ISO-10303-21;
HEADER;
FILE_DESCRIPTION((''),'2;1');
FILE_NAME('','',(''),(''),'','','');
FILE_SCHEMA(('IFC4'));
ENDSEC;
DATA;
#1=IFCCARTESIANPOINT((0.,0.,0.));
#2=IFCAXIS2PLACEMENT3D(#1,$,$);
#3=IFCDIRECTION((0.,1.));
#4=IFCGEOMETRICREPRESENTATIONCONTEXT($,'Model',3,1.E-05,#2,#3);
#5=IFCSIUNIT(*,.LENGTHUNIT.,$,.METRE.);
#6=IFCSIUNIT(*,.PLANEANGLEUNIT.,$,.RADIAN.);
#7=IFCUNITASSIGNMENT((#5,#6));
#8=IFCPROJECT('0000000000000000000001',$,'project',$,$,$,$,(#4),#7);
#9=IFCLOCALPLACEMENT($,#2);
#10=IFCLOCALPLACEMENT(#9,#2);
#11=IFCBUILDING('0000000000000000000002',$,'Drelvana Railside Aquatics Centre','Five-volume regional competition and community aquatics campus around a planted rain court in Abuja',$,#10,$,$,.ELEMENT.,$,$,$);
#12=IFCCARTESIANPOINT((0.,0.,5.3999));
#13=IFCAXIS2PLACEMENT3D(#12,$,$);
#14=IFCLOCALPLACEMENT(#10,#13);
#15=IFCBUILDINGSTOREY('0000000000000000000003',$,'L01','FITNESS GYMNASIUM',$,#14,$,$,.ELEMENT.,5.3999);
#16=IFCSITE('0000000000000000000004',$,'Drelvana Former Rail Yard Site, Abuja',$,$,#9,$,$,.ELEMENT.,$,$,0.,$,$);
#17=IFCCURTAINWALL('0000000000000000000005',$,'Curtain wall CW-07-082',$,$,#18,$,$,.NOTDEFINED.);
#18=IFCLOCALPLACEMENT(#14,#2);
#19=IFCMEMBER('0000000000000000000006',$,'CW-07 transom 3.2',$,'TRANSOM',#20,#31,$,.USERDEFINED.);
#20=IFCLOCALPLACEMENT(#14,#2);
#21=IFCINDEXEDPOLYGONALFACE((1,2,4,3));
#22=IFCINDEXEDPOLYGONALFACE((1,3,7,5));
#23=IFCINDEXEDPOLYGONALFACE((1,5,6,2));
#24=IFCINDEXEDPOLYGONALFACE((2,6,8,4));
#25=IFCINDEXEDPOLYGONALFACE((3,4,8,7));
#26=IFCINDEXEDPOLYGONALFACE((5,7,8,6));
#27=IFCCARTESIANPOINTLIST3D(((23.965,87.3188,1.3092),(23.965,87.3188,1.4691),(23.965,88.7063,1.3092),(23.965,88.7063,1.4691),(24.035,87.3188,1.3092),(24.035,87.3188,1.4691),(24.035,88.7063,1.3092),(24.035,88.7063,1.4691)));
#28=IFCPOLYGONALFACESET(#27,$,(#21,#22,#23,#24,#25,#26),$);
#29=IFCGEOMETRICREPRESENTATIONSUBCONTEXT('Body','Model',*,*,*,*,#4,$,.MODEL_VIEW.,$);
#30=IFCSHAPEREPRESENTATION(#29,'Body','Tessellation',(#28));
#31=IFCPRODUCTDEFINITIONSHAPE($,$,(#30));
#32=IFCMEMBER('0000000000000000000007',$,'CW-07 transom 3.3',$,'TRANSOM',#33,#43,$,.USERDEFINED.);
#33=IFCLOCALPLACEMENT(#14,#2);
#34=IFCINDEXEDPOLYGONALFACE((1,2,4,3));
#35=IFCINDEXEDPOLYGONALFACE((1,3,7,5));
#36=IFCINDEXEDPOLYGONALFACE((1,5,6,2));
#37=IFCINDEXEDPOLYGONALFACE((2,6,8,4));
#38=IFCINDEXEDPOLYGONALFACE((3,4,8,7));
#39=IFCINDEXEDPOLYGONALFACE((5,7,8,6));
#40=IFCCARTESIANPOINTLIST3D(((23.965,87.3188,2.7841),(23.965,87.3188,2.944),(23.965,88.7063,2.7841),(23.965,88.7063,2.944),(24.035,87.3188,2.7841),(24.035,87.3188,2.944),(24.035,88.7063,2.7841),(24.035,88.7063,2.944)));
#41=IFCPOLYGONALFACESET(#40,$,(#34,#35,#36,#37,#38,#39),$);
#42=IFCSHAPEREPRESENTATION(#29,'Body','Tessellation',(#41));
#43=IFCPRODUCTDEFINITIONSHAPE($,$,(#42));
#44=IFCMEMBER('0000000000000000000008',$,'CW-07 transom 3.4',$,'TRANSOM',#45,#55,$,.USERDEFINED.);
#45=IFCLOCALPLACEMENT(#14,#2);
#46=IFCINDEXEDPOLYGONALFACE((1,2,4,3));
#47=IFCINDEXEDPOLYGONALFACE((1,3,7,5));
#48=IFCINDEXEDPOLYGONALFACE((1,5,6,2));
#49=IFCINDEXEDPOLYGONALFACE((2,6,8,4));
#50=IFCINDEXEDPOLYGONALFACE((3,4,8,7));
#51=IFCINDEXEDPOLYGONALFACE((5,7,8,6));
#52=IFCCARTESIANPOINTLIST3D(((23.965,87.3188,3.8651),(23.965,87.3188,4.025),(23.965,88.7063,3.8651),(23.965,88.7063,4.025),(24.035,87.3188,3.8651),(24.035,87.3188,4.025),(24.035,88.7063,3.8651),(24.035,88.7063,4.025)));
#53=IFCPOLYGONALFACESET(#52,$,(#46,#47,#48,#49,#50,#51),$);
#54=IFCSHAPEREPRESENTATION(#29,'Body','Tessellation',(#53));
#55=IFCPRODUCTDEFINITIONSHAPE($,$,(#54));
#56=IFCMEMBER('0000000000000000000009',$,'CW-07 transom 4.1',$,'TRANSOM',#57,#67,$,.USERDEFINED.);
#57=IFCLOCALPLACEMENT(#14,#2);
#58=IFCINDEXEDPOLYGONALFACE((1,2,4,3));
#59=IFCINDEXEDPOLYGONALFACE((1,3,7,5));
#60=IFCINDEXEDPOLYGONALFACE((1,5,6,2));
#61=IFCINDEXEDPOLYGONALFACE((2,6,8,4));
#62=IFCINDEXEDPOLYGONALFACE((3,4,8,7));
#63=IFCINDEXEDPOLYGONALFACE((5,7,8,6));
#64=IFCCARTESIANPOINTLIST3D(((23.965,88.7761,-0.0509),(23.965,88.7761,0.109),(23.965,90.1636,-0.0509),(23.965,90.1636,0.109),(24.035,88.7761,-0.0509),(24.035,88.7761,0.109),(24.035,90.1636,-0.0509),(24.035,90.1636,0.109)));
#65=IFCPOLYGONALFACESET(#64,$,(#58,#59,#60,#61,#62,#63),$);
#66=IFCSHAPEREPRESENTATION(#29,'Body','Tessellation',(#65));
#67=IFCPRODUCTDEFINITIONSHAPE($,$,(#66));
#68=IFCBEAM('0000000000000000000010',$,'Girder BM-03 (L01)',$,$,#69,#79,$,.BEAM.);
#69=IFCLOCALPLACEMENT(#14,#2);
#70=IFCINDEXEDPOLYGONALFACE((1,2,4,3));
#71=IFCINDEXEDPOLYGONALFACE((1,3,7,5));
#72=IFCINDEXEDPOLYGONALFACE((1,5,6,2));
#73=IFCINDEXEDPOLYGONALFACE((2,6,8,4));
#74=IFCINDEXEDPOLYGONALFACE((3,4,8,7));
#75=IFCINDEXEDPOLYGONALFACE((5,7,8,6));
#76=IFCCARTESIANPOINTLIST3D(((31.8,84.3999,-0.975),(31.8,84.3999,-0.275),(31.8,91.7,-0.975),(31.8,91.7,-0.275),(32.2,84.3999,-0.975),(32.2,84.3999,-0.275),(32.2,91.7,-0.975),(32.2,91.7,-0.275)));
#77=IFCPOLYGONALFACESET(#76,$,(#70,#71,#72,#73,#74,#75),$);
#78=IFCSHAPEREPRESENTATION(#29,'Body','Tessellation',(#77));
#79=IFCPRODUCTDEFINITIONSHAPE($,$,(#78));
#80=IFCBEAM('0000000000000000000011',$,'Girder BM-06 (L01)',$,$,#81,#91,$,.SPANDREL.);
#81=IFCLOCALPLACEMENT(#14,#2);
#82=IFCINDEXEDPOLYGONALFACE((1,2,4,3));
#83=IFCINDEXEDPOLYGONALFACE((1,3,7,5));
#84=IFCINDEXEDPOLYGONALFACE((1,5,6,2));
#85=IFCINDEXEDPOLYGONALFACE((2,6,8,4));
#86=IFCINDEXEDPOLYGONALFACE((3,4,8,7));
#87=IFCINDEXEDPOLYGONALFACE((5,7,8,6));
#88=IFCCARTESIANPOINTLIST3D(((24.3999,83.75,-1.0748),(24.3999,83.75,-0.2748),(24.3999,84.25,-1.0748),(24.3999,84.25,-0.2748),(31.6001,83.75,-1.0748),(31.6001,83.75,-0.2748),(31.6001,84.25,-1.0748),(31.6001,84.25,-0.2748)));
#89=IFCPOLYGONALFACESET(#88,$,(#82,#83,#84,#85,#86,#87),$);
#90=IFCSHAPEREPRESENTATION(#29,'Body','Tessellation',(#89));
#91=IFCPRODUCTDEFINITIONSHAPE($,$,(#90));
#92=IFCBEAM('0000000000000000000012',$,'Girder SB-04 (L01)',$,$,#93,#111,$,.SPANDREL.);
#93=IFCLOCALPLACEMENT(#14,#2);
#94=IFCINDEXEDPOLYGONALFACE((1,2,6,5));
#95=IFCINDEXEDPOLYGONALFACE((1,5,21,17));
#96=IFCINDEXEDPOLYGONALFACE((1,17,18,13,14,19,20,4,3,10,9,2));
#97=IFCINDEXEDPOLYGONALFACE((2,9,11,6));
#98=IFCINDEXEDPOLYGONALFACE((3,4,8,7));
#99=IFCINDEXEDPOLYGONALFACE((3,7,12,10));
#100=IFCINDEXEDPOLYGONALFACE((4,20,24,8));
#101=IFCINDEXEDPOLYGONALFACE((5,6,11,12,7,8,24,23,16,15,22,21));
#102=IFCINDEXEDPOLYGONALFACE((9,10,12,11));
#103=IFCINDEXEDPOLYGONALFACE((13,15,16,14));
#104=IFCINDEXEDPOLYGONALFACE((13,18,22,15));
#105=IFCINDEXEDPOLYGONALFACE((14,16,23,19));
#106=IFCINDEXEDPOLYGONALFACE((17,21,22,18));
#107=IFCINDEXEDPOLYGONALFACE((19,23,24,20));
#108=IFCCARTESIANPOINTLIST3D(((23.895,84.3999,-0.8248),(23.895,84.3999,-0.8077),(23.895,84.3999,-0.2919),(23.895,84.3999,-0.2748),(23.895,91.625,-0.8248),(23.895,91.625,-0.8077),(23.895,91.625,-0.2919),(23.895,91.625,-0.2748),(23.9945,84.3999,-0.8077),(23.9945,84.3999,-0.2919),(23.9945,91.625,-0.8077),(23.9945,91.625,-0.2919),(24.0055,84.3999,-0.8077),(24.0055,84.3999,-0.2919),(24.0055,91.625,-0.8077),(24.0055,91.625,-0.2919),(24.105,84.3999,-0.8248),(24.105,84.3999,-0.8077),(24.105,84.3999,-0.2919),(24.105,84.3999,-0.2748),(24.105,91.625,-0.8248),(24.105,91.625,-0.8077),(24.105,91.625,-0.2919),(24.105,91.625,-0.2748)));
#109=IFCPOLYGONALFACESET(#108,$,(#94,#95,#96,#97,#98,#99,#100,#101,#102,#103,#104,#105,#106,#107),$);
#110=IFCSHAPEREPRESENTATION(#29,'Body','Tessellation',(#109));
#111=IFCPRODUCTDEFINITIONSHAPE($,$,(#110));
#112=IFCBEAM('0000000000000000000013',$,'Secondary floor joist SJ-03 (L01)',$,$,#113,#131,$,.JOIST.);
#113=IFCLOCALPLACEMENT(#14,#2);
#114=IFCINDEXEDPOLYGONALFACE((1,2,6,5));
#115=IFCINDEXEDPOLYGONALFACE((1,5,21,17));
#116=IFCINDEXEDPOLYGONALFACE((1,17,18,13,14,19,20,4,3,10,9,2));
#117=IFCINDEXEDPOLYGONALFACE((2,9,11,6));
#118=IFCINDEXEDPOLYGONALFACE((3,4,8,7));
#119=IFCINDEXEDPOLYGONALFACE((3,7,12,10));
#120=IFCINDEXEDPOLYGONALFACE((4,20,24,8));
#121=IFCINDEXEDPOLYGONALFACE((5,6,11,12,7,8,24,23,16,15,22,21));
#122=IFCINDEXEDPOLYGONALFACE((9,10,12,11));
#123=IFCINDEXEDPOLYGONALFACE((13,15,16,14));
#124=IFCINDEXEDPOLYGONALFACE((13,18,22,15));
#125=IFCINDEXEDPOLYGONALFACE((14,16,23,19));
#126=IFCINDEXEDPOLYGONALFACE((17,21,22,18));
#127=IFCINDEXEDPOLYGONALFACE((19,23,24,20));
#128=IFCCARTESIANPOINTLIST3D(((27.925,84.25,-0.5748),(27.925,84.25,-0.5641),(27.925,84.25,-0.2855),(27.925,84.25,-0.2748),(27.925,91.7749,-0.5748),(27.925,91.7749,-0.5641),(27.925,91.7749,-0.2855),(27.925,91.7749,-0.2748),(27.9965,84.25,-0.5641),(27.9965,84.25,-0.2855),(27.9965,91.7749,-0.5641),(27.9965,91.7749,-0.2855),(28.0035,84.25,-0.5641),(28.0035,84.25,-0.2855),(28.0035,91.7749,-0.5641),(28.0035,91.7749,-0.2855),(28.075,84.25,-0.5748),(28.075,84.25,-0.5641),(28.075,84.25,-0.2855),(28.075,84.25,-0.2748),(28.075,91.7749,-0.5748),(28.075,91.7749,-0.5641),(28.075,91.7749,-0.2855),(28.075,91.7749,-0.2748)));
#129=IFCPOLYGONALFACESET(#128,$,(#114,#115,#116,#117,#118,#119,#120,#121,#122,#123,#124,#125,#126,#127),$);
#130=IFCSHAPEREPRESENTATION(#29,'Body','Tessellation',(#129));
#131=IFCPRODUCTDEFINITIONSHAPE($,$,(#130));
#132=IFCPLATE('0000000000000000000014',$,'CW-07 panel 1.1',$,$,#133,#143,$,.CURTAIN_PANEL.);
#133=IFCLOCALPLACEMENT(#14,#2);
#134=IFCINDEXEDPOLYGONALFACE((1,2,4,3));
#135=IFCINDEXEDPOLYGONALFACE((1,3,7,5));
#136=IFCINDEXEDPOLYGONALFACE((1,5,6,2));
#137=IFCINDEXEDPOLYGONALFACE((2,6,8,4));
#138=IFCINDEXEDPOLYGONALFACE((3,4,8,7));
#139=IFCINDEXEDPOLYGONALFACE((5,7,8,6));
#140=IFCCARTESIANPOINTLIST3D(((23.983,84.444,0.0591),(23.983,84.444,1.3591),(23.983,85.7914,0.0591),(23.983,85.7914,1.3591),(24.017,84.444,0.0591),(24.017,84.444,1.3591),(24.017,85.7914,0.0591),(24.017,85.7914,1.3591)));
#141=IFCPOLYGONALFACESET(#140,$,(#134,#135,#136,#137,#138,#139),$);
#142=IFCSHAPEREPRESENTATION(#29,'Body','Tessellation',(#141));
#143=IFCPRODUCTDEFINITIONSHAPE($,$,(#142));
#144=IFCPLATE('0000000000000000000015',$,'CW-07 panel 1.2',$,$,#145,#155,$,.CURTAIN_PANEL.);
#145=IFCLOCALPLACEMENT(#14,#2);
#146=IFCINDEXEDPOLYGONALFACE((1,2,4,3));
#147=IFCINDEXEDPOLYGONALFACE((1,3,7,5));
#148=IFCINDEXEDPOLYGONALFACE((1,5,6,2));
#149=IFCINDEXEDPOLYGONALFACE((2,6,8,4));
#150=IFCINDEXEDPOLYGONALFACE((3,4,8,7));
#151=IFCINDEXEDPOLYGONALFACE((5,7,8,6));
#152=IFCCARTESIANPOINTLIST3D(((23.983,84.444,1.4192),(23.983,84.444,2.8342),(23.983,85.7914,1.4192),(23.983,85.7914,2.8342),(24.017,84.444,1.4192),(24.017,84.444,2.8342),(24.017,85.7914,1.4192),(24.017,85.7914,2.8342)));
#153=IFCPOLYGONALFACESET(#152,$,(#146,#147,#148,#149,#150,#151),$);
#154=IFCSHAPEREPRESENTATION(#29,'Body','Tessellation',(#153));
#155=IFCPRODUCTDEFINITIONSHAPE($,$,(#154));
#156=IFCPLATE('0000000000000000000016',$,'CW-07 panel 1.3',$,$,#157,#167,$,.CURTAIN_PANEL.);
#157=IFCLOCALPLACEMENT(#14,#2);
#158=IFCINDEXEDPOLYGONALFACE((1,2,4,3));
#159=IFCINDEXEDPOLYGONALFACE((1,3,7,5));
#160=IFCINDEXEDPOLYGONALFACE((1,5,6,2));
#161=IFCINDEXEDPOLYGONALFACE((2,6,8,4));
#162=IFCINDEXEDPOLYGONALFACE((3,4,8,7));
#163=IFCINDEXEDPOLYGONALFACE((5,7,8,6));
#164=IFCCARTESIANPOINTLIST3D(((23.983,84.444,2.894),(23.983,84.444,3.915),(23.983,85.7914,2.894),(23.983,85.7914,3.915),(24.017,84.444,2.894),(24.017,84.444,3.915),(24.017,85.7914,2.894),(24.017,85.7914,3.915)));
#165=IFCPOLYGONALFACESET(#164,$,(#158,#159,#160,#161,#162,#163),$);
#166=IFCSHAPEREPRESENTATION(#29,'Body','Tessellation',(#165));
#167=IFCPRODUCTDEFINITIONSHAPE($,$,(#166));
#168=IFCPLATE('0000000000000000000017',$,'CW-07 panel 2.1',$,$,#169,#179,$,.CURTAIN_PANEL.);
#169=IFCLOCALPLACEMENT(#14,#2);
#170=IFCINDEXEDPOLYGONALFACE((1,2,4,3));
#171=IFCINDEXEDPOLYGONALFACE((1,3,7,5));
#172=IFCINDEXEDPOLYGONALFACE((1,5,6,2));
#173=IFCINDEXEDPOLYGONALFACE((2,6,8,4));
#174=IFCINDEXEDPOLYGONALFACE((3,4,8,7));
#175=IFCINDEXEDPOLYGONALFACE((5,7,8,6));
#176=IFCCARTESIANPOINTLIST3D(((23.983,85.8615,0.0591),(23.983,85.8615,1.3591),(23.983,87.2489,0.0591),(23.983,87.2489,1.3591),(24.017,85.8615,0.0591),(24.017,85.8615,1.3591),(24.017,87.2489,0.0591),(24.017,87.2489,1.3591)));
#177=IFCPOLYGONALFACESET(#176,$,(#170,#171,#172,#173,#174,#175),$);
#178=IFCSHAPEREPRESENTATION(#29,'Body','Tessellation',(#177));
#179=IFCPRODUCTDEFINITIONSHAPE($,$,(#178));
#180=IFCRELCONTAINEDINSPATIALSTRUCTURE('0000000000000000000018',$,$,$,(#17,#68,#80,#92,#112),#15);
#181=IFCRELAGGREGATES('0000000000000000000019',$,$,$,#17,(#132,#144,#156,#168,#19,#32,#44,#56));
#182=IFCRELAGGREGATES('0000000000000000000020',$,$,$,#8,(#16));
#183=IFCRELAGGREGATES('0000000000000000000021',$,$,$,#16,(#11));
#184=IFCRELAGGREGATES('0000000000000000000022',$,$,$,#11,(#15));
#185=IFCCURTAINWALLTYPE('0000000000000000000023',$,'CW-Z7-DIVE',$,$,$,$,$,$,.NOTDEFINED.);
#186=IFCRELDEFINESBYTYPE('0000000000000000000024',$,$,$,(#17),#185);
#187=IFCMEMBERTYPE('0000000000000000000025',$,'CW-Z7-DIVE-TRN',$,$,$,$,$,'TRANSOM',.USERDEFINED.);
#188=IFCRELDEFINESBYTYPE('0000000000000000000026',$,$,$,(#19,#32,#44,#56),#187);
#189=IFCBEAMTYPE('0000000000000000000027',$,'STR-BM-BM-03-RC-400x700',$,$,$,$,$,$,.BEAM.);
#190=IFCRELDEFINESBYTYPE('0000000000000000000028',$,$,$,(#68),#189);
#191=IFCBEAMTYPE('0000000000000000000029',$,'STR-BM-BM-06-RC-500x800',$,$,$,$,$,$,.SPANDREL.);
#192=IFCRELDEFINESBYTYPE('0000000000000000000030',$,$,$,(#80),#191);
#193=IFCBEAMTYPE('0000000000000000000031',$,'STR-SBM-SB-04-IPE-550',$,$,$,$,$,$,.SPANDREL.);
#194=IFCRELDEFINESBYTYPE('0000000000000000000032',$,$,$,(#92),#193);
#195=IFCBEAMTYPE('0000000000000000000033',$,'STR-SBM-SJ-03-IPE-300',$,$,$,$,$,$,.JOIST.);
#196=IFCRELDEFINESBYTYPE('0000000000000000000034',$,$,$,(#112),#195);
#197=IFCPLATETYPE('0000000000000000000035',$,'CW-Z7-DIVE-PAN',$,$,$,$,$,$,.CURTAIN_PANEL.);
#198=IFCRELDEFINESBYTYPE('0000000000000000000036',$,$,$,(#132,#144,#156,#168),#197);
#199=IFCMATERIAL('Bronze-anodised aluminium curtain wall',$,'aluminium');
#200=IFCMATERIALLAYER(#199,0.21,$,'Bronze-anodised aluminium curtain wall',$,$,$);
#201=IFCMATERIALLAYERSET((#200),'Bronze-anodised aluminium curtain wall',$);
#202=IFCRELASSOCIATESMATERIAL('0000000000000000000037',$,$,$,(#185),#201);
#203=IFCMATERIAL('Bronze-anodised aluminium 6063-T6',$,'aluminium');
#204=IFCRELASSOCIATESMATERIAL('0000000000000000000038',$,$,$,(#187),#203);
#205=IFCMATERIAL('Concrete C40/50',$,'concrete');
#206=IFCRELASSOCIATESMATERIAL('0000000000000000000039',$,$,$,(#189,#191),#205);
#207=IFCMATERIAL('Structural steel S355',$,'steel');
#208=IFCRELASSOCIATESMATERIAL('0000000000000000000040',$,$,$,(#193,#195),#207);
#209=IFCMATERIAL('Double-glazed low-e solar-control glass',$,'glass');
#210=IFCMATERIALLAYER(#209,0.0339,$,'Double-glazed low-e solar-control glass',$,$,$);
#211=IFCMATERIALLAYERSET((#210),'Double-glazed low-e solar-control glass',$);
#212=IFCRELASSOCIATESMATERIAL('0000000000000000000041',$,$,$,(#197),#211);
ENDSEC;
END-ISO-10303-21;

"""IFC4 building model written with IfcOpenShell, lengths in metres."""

from ifc_helpers import new_model, si_unit, direction, frame, origin, origin_2d, place, context, subcontext, project, spatial, rectangle, i_section, extrude, material, layer, layer_set, material_profile, profile_set, type_object, element, aggregate, save


model = new_model("IFC4")

# Units and contexts
model_context = context("Model", 3, precision=1e-05, world=origin(), true_north=direction((0.0, 1.0)))
body_context = subcontext(model_context, "Body", "Model", "MODEL_VIEW")
ifc_project = project(units=[si_unit("LENGTHUNIT", "METRE"), si_unit("PLANEANGLEUNIT", "RADIAN")], contexts=[model_context])

# Site, building, storey
site_placement = place(None, origin())
site = spatial("IfcSite", under=ifc_project, at=site_placement, Name="Drelvana Former Rail Yard Site, Abuja", CompositionType="ELEMENT", RefElevation=0.0)
building_placement = place(site_placement, origin())
building = spatial("IfcBuilding", under=site, at=building_placement, Name="Drelvana Railside Aquatics Centre", Description="Five-volume regional competition and community aquatics campus around a planted rain court in Abuja", CompositionType="ELEMENT")
storey_placement = place(building_placement, frame((0.0, 0.0, 5.3999)))
storey = spatial("IfcBuildingStorey", under=building, at=storey_placement, Name="L01", Description="FITNESS GYMNASIUM", CompositionType="ELEMENT", Elevation=5.3999)

# Shared definitions
ifc_material_1 = material(Name="Concrete C40/50", Category="concrete")

# Curtain wall, members
ifc_material_2 = material(Name="Bronze-anodised aluminium curtain wall", Category="aluminium")
ifc_layer_1 = layer(ifc_material_2, 0.21, Name="Bronze-anodised aluminium curtain wall")
ifc_layer_set_1 = layer_set([ifc_layer_1], Name="Bronze-anodised aluminium curtain wall")
curtain_wall_type = type_object("IfcCurtainWallType", Name="CW-Z7-DIVE", PredefinedType="NOTDEFINED", material=ifc_layer_set_1)
curtain_wall_placement = place(storey_placement, origin())
curtain_wall = element("IfcCurtainWall", 1, at=curtain_wall_placement, inside=storey, type_object=curtain_wall_type, Name="Curtain wall CW-07-082", PredefinedType="NOTDEFINED")
ifc_material_3 = material(Name="Bronze-anodised aluminium 6063-T6", Category="aluminium")
ifc_material_profile_1 = material_profile(ifc_material_3, rectangle(XDim=0.1599, YDim=0.0701, at=origin_2d()), Name="ALU-T 70x160")
ifc_profile_set_1 = profile_set([ifc_material_profile_1], Name="Bronze-anodised aluminium 6063-T6")
member_type_1 = type_object("IfcMemberType", Name="CW-Z7-DIVE-TRN", ElementType="TRANSOM", PredefinedType="USERDEFINED", material=ifc_profile_set_1)
member_1_placement = place(storey_placement, frame((24.0, 87.3188, 1.3892), z_axis=(0.0, 1.0, 0.0), x_axis=(0.0, 0.0, 1.0)))
member_1 = element("IfcMember", 2, at=member_1_placement, type_object=member_type_1, Name="CW-07 transom 3.2", ObjectType="TRANSOM", PredefinedType="USERDEFINED", context=body_context, shape_type="SweptSolid", body=[
    extrude(rectangle(XDim=0.1599, YDim=0.0701, at=origin_2d()), origin(), (0.0, 0.0, 1.0), 1.3875),
])
member_2_placement = place(storey_placement, frame((24.0, 87.3188, 2.864), z_axis=(0.0, 1.0, 0.0), x_axis=(0.0, 0.0, 1.0)))
member_2 = element("IfcMember", 3, at=member_2_placement, type_object=member_type_1, Name="CW-07 transom 3.3", ObjectType="TRANSOM", PredefinedType="USERDEFINED", context=body_context, shape_type="SweptSolid", body=[
    extrude(rectangle(XDim=0.1599, YDim=0.0701, at=origin_2d()), origin(), (0.0, 0.0, 1.0), 1.3875),
])
member_3_placement = place(storey_placement, frame((24.0, 87.3188, 3.9451), z_axis=(0.0, 1.0, 0.0), x_axis=(0.0, 0.0, 1.0)))
member_3 = element("IfcMember", 4, at=member_3_placement, type_object=member_type_1, Name="CW-07 transom 3.4", ObjectType="TRANSOM", PredefinedType="USERDEFINED", context=body_context, shape_type="SweptSolid", body=[
    extrude(rectangle(XDim=0.1599, YDim=0.0701, at=origin_2d()), origin(), (0.0, 0.0, 1.0), 1.3875),
])
member_4_placement = place(storey_placement, frame((24.0, 88.7761, 0.0291), z_axis=(0.0, 1.0, 0.0), x_axis=(0.0, 0.0, 1.0)))
member_4 = element("IfcMember", 5, at=member_4_placement, type_object=member_type_1, Name="CW-07 transom 4.1", ObjectType="TRANSOM", PredefinedType="USERDEFINED", context=body_context, shape_type="SweptSolid", body=[
    extrude(rectangle(XDim=0.1599, YDim=0.0701, at=origin_2d()), origin(), (0.0, 0.0, 1.0), 1.3875),
])

# Beams
ifc_material_profile_2 = material_profile(ifc_material_1, rectangle(XDim=0.3999, YDim=0.7, at=origin_2d()), Name="RC 400x700")
ifc_profile_set_2 = profile_set([ifc_material_profile_2], Name="Concrete C40/50")
beam_type_1 = type_object("IfcBeamType", Name="STR-BM-BM-03-RC-400x700", PredefinedType="BEAM", material=ifc_profile_set_2)
beam_1_placement = place(storey_placement, frame((32.0, 84.3999, -0.625), z_axis=(0.0, 1.0, 0.0), x_axis=(-1.0, 0.0, 0.0)))
element("IfcBeam", 6, at=beam_1_placement, inside=storey, type_object=beam_type_1, Name="Girder BM-03 (L01)", PredefinedType="BEAM", context=body_context, shape_type="SweptSolid", body=[
    extrude(rectangle(XDim=0.3999, YDim=0.7, at=origin_2d()), origin(), (0.0, 0.0, 1.0), 7.3),
])
ifc_material_profile_3 = material_profile(ifc_material_1, rectangle(XDim=0.5, YDim=0.8, at=origin_2d()), Name="RC 500x800")
ifc_profile_set_3 = profile_set([ifc_material_profile_3], Name="Concrete C40/50")
beam_type_2 = type_object("IfcBeamType", Name="STR-BM-BM-06-RC-500x800", PredefinedType="SPANDREL", material=ifc_profile_set_3)
beam_2_placement = place(storey_placement, frame((24.3999, 84.0, -0.6748), z_axis=(1.0, 0.0, 0.0), x_axis=(0.0, 1.0, 0.0)))
element("IfcBeam", 7, at=beam_2_placement, inside=storey, type_object=beam_type_2, Name="Girder BM-06 (L01)", PredefinedType="SPANDREL", context=body_context, shape_type="SweptSolid", body=[
    extrude(rectangle(XDim=0.5, YDim=0.8, at=origin_2d()), origin(), (0.0, 0.0, 1.0), 7.2002),
])
ifc_material_4 = material(Name="Structural steel S355", Category="steel")
ifc_material_profile_4 = material_profile(ifc_material_4, i_section(OverallWidth=0.21, OverallDepth=0.55, WebThickness=0.011, FlangeThickness=0.0171, at=origin_2d()), Name="IPE 550")
ifc_profile_set_4 = profile_set([ifc_material_profile_4], Name="Structural steel S355")
beam_type_3 = type_object("IfcBeamType", Name="STR-SBM-SB-04-IPE-550", PredefinedType="SPANDREL", material=ifc_profile_set_4)
beam_3_placement = place(storey_placement, frame((24.0, 84.3999, -0.5498), z_axis=(0.0, 1.0, 0.0), x_axis=(-1.0, 0.0, 0.0)))
element("IfcBeam", 8, at=beam_3_placement, inside=storey, type_object=beam_type_3, Name="Girder SB-04 (L01)", PredefinedType="SPANDREL", context=body_context, shape_type="SweptSolid", body=[
    extrude(i_section(OverallWidth=0.21, OverallDepth=0.55, WebThickness=0.011, FlangeThickness=0.0171, at=origin_2d()), origin(), (0.0, 0.0, 1.0), 7.2251),
])
ifc_material_profile_5 = material_profile(ifc_material_4, i_section(OverallWidth=0.1499, OverallDepth=0.3, WebThickness=0.0071, FlangeThickness=0.0107, at=origin_2d()), Name="IPE 300")
ifc_profile_set_5 = profile_set([ifc_material_profile_5], Name="Structural steel S355")
beam_type_4 = type_object("IfcBeamType", Name="STR-SBM-SJ-03-IPE-300", PredefinedType="JOIST", material=ifc_profile_set_5)
beam_4_placement = place(storey_placement, frame((28.0, 84.25, -0.4248), z_axis=(0.0, 1.0, 0.0), x_axis=(-1.0, 0.0, 0.0)))
element("IfcBeam", 9, at=beam_4_placement, inside=storey, type_object=beam_type_4, Name="Secondary floor joist SJ-03 (L01)", PredefinedType="JOIST", context=body_context, shape_type="SweptSolid", body=[
    extrude(i_section(OverallWidth=0.1499, OverallDepth=0.3, WebThickness=0.0071, FlangeThickness=0.0107, at=origin_2d()), origin(), (0.0, 0.0, 1.0), 7.5249),
])

# Plates
ifc_material_5 = material(Name="Double-glazed low-e solar-control glass", Category="glass")
ifc_layer_2 = layer(ifc_material_5, 0.0339, Name="Double-glazed low-e solar-control glass")
ifc_layer_set_2 = layer_set([ifc_layer_2], Name="Double-glazed low-e solar-control glass")
plate_type = type_object("IfcPlateType", Name="CW-Z7-DIVE-PAN", PredefinedType="CURTAIN_PANEL", material=ifc_layer_set_2)
plate_1_placement = place(storey_placement, frame((24.0, 85.1177, 0.0591), z_axis=(0.0, 0.0, 1.0), x_axis=(0.0, 1.0, 0.0)))
plate_1 = element("IfcPlate", 10, at=plate_1_placement, type_object=plate_type, Name="CW-07 panel 1.1", PredefinedType="CURTAIN_PANEL", context=body_context, shape_type="SweptSolid", body=[
    extrude(rectangle(XDim=1.3474, YDim=0.0339, at=origin_2d()), origin(), (0.0, 0.0, 1.0), 1.3),
])
plate_2_placement = place(storey_placement, frame((24.0, 85.1177, 1.4192), z_axis=(0.0, 0.0, 1.0), x_axis=(0.0, 1.0, 0.0)))
plate_2 = element("IfcPlate", 11, at=plate_2_placement, type_object=plate_type, Name="CW-07 panel 1.2", PredefinedType="CURTAIN_PANEL", context=body_context, shape_type="SweptSolid", body=[
    extrude(rectangle(XDim=1.3474, YDim=0.0339, at=origin_2d()), origin(), (0.0, 0.0, 1.0), 1.415),
])
plate_3_placement = place(storey_placement, frame((24.0, 85.1177, 2.894), z_axis=(0.0, 0.0, 1.0), x_axis=(0.0, 1.0, 0.0)))
plate_3 = element("IfcPlate", 12, at=plate_3_placement, type_object=plate_type, Name="CW-07 panel 1.3", PredefinedType="CURTAIN_PANEL", context=body_context, shape_type="SweptSolid", body=[
    extrude(rectangle(XDim=1.3474, YDim=0.0339, at=origin_2d()), origin(), (0.0, 0.0, 1.0), 1.021),
])
plate_4_placement = place(storey_placement, frame((24.0, 86.5552, 0.0591), z_axis=(0.0, 0.0, 1.0), x_axis=(0.0, 1.0, 0.0)))
plate_4 = element("IfcPlate", 13, at=plate_4_placement, type_object=plate_type, Name="CW-07 panel 2.1", PredefinedType="CURTAIN_PANEL", context=body_context, shape_type="SweptSolid", body=[
    extrude(rectangle(XDim=1.3875, YDim=0.0339, at=origin_2d()), origin(), (0.0, 0.0, 1.0), 1.3),
])
aggregate(curtain_wall, [plate_1, plate_2, plate_3, plate_4, member_1, member_2, member_3, member_4])

save(model, "model.ifc")
